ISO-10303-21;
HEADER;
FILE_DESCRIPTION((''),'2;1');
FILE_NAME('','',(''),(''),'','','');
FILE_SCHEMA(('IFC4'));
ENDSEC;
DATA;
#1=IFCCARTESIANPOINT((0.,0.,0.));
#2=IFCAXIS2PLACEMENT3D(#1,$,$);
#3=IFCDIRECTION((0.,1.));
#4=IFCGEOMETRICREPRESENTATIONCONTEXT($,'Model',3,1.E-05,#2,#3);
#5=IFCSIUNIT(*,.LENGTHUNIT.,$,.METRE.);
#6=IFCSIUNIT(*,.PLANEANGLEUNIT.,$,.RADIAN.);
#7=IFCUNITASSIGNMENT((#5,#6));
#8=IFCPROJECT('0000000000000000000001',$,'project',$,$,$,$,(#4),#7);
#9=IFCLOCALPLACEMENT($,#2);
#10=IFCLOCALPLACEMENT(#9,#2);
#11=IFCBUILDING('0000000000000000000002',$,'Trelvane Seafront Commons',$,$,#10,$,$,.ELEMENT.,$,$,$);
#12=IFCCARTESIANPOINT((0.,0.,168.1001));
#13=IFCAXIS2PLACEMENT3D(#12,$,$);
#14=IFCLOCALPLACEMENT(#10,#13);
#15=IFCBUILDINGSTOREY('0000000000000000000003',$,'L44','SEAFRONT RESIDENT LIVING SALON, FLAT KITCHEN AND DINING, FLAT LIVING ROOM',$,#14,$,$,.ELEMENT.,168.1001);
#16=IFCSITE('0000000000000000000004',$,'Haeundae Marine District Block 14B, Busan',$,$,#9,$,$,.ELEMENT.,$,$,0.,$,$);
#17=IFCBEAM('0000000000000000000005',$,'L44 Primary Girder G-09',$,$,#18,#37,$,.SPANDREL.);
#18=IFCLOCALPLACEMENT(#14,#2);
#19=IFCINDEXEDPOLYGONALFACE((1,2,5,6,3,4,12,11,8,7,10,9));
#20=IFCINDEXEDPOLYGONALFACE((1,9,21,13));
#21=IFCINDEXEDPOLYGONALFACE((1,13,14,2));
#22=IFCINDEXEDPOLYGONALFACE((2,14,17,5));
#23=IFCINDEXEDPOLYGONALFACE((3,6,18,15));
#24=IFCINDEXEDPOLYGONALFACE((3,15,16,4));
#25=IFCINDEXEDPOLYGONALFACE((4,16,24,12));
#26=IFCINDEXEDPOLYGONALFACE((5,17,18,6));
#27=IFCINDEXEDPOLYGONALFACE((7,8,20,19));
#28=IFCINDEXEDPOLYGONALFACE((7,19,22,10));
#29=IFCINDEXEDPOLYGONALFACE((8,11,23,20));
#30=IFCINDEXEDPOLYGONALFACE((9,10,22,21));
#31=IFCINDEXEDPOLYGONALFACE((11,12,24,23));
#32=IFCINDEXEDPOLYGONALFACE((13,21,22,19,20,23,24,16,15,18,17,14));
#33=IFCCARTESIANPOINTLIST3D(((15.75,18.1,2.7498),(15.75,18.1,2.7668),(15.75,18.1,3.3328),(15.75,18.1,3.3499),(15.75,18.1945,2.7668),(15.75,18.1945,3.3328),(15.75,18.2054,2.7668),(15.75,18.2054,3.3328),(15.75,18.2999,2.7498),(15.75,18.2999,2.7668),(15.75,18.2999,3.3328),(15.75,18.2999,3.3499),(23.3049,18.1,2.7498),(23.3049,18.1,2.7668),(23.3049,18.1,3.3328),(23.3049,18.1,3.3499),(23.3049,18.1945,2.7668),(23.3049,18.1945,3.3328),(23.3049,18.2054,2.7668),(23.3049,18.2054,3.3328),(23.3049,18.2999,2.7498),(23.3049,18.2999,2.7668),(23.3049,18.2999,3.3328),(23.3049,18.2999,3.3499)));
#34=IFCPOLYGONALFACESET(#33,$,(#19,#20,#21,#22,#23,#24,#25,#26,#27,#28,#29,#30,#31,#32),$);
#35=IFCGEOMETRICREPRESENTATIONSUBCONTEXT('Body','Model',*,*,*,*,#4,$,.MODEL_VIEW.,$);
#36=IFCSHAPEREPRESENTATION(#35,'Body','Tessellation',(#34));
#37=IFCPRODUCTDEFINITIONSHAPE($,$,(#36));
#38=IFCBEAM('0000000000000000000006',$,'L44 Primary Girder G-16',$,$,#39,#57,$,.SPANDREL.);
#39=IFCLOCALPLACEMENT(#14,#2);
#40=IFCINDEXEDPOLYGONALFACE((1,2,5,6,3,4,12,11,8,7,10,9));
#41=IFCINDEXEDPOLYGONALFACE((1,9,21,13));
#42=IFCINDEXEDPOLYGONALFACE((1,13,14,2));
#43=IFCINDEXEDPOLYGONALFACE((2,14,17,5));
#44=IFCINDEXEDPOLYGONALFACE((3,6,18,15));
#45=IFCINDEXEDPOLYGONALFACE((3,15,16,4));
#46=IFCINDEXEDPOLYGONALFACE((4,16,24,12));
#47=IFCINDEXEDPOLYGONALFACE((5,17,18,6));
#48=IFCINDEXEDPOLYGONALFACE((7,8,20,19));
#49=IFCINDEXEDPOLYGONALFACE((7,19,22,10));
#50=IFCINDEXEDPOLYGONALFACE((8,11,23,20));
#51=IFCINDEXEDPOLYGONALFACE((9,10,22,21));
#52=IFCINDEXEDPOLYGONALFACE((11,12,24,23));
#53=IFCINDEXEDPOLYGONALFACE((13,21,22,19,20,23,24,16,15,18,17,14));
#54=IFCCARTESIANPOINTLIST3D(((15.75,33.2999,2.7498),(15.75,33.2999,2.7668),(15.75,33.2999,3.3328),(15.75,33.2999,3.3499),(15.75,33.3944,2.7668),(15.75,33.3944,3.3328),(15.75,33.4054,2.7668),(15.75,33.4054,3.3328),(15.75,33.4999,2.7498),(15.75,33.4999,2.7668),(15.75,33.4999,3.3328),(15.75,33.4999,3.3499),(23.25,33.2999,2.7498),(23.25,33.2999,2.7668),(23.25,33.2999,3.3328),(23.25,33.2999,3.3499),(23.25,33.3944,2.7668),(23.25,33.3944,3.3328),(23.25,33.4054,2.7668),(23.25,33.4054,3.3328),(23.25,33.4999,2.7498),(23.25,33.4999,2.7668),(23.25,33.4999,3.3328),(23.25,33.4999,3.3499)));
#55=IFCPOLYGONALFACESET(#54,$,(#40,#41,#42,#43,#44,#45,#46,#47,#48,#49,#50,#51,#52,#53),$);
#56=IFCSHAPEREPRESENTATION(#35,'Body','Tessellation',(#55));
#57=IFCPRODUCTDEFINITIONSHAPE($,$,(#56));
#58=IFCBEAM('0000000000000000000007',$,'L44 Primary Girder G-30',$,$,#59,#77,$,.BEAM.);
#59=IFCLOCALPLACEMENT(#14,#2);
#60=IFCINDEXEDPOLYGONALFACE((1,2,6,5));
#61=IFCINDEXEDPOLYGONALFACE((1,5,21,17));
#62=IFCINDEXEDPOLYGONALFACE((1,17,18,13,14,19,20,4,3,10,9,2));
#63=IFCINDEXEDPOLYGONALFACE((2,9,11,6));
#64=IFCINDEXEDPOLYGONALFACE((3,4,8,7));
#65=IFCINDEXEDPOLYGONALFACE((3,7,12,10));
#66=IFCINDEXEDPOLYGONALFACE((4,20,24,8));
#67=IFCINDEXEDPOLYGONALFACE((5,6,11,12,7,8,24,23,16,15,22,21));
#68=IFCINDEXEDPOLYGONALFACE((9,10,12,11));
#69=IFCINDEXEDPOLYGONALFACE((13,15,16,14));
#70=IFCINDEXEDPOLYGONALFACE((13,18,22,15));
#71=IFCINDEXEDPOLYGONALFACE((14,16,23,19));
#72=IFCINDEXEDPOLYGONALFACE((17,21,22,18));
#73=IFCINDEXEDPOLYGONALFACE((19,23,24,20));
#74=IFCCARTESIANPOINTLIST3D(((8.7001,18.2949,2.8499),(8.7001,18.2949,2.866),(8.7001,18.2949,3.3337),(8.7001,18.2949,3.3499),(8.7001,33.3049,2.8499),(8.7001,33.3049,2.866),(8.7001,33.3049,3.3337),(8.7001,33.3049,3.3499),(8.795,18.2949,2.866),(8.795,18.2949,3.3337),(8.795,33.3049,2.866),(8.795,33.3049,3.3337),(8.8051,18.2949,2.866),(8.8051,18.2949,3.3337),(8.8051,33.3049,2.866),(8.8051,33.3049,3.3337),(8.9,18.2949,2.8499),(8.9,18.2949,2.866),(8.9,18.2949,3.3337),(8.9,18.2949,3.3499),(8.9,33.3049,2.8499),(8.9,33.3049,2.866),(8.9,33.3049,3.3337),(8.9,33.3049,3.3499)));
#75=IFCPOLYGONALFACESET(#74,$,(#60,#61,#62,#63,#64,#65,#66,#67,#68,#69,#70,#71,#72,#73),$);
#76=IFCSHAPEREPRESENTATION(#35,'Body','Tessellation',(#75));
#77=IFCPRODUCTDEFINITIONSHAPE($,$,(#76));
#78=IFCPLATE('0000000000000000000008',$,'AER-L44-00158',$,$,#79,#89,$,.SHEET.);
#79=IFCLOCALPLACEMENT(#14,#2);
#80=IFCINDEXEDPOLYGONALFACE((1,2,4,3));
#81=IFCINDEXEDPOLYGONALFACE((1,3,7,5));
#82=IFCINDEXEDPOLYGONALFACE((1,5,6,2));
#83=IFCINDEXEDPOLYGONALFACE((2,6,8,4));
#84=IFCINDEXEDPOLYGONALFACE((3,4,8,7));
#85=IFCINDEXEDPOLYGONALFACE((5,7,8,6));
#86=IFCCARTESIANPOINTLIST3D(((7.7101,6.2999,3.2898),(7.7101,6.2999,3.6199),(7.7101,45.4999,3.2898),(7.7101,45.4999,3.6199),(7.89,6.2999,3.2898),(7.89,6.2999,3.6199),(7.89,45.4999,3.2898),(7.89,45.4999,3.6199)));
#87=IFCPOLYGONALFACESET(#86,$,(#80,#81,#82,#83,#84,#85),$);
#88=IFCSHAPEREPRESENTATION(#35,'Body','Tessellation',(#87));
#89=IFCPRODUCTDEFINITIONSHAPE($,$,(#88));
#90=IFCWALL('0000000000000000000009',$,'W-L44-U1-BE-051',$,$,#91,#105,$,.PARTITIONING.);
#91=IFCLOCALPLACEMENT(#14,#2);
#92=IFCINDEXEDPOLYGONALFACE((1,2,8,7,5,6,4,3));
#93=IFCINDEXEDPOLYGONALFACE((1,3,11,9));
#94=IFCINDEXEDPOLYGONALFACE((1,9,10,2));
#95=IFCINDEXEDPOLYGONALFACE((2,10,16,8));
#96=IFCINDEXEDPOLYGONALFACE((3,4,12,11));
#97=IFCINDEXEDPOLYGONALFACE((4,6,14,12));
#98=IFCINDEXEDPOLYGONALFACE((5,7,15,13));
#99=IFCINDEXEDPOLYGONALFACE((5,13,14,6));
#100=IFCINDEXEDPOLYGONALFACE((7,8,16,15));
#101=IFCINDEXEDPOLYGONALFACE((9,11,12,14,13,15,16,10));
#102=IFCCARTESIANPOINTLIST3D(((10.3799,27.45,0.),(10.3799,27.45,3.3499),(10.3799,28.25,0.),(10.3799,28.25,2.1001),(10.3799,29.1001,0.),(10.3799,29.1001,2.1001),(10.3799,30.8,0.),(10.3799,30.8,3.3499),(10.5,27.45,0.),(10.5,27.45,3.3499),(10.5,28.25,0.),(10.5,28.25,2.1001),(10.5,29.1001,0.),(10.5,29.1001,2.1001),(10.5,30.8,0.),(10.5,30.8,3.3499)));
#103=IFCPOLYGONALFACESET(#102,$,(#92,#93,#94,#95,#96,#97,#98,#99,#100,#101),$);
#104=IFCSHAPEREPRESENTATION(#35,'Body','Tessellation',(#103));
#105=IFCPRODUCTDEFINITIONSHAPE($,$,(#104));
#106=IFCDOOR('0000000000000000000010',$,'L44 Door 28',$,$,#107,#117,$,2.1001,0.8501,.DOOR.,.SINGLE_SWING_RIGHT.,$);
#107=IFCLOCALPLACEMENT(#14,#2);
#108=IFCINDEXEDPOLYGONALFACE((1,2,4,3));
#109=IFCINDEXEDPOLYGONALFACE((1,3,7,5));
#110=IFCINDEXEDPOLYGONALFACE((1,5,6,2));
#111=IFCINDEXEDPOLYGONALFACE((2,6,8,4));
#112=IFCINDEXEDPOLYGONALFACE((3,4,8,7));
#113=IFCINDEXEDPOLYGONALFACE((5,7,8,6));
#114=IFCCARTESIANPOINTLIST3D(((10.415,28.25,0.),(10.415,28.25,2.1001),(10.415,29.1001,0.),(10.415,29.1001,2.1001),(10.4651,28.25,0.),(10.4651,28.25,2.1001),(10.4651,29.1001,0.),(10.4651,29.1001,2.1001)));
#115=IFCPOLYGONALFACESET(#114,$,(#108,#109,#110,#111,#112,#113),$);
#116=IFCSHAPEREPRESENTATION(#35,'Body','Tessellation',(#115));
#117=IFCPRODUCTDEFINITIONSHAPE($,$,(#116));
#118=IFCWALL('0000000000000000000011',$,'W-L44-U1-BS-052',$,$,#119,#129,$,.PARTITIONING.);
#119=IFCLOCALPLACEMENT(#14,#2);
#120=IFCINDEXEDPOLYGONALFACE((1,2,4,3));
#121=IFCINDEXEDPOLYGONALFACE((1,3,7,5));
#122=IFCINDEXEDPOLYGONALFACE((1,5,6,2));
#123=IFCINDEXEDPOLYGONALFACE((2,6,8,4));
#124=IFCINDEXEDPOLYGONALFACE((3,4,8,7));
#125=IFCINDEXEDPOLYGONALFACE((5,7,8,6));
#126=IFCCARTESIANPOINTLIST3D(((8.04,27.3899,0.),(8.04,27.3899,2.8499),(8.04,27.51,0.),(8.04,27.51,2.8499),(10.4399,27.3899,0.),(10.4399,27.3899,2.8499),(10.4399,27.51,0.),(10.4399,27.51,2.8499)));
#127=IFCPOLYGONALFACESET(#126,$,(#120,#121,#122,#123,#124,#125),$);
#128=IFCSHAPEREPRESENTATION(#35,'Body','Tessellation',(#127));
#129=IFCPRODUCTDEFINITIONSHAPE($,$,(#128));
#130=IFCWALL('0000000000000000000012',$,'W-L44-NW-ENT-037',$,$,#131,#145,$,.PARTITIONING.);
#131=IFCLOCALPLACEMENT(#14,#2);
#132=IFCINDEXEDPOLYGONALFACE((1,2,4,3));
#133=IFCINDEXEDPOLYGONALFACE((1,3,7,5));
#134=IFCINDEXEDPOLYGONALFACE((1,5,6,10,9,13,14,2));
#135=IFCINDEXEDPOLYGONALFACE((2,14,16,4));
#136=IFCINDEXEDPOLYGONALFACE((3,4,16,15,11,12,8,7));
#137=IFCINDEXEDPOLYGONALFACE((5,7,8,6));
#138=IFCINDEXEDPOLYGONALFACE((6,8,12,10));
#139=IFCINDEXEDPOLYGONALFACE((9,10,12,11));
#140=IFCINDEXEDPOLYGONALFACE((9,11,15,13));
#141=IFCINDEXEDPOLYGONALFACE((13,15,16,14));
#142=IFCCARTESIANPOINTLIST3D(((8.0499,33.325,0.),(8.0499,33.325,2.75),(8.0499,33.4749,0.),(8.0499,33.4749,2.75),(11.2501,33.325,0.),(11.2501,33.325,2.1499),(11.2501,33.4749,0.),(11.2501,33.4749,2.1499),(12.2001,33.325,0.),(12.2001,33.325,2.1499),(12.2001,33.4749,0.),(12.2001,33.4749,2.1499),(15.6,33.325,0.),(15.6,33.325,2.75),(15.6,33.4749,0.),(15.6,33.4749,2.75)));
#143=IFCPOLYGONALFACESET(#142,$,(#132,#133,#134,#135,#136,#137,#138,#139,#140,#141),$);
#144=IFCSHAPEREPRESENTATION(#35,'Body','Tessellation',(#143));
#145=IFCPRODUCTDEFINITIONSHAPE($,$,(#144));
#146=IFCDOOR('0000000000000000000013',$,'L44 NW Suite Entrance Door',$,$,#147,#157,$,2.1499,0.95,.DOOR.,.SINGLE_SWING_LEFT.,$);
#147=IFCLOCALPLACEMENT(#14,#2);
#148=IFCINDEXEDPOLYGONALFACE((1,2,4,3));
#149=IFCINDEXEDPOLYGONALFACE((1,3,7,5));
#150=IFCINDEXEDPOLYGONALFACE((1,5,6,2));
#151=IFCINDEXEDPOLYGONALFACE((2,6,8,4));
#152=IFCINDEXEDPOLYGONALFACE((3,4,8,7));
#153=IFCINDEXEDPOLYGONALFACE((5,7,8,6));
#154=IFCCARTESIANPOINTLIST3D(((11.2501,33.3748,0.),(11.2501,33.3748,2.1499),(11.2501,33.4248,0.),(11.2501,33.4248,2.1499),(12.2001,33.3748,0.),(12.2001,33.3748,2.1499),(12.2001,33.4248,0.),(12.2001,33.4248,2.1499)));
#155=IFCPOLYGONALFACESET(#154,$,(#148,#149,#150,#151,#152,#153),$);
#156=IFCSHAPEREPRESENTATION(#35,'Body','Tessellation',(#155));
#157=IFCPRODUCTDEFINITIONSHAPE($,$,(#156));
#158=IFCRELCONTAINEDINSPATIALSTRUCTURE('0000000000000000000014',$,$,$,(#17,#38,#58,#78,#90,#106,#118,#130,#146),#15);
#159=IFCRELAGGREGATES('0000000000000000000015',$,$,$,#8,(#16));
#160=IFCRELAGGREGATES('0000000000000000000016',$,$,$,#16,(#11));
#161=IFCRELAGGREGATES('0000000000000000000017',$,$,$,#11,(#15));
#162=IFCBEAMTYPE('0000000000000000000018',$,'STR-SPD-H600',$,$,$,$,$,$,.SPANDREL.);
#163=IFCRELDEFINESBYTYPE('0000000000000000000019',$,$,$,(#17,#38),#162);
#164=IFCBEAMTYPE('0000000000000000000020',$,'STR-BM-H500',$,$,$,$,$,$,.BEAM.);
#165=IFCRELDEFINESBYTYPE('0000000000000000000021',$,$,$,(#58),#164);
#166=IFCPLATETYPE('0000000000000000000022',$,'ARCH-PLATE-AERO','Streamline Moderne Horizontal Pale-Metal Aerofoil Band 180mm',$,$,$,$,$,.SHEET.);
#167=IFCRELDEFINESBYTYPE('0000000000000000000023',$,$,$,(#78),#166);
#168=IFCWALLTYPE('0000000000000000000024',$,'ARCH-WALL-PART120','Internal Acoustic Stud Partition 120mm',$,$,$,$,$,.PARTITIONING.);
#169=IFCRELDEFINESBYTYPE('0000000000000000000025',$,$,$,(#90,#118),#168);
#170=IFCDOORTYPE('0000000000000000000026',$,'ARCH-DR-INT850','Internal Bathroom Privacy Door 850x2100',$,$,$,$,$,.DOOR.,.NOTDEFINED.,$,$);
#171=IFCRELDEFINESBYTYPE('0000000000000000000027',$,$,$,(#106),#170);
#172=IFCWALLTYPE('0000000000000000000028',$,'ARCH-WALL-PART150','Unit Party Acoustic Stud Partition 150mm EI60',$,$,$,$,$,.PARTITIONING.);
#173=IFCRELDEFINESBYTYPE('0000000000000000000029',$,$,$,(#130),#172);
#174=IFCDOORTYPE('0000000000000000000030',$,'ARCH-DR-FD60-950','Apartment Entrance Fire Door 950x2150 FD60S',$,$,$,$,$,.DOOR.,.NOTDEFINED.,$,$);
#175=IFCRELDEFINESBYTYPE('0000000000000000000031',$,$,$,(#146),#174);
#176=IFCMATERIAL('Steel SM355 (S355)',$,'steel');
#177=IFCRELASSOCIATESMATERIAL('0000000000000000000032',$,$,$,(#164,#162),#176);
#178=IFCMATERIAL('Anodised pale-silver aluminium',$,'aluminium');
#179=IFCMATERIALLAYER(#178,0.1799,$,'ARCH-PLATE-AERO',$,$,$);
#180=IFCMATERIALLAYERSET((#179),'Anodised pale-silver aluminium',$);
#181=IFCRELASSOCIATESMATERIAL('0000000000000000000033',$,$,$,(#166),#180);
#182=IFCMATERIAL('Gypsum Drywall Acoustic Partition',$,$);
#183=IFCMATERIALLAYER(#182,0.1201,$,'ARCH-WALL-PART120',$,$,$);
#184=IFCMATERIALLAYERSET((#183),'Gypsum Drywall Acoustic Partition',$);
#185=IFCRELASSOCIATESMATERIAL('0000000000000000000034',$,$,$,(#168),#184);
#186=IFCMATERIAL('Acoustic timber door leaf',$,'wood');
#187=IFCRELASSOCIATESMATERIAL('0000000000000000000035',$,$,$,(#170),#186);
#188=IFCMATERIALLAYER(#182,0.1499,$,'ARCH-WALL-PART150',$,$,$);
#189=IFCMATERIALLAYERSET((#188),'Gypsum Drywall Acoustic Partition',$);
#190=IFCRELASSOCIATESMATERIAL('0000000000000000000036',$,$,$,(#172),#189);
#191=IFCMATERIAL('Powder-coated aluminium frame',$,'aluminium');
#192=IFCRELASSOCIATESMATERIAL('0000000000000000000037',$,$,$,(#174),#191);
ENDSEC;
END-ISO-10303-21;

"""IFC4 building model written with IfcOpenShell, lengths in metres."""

from ifc_helpers import new_model, si_unit, direction, frame, frame_2d, origin, origin_2d, place, context, subcontext, project, spatial, rectangle, i_section, extrude, source, transform, mapped, material, layer, layer_set, material_profile, profile_set, type_object, element, fill, save


model = new_model("IFC4")

# Units and contexts
model_context = context("Model", 3, precision=1e-05, world=origin(), true_north=direction((0.0, 1.0)))
body_context = subcontext(model_context, "Body", "Model", "MODEL_VIEW")
ifc_project = project(units=[si_unit("LENGTHUNIT", "METRE"), si_unit("PLANEANGLEUNIT", "RADIAN")], contexts=[model_context])

# Site, building, storey
site_placement = place(None, origin())
site = spatial("IfcSite", under=ifc_project, at=site_placement, Name="Haeundae Marine District Block 14B, Busan", CompositionType="ELEMENT", RefElevation=0.0)
building_placement = place(site_placement, origin())
building = spatial("IfcBuilding", under=site, at=building_placement, Name="Trelvane Seafront Commons", CompositionType="ELEMENT")
storey_placement = place(building_placement, frame((0.0, 0.0, 168.1001)))
storey = spatial("IfcBuildingStorey", under=building, at=storey_placement, Name="L44", Description="SEAFRONT RESIDENT LIVING SALON, FLAT KITCHEN AND DINING, FLAT LIVING ROOM", CompositionType="ELEMENT", Elevation=168.1001)

# Shared definitions
ifc_material_1 = material(Name="Steel SM355 (S355)", Category="steel")

# Beams
ifc_material_profile_1 = material_profile(ifc_material_1, i_section(OverallWidth=0.2, OverallDepth=0.5, WebThickness=0.01, FlangeThickness=0.0161, at=origin_2d()), Name="H-500x200x10x16")
ifc_profile_set_1 = profile_set([ifc_material_profile_1], Name="Steel SM355 (S355)")
beam_type_1 = type_object("IfcBeamType", Name="STR-BM-H500", PredefinedType="BEAM", material=ifc_profile_set_1)
ifc_material_profile_2 = material_profile(ifc_material_1, i_section(OverallWidth=0.2, OverallDepth=0.6001, WebThickness=0.011, FlangeThickness=0.0171, at=origin_2d()), Name="H-600x200x11x17")
ifc_profile_set_2 = profile_set([ifc_material_profile_2], Name="Steel SM355 (S355)")
beam_type_2 = type_object("IfcBeamType", Name="STR-SPD-H600", PredefinedType="SPANDREL", material=ifc_profile_set_2)
shared_shape_1 = source(origin(), body_context, "Body", "SweptSolid", [
    extrude(i_section(OverallWidth=0.2, OverallDepth=0.6001, WebThickness=0.011, FlangeThickness=0.0171, at=origin_2d()), origin(), (0.0, 0.0, 1.0), 7.5549),
])
beam_1_placement = place(storey_placement, frame((15.75, 18.2, 3.0498), z_axis=(1.0, 0.0, 0.0), x_axis=(0.0, 1.0, 0.0)))
element("IfcBeam", 1, at=beam_1_placement, inside=storey, type_object=beam_type_2, Name="L44 Primary Girder G-09", PredefinedType="SPANDREL", context=body_context, shape_type="MappedRepresentation", body=[
    mapped(shared_shape_1, transform((0.0, 0.0, 0.0), x_axis=(1.0, 0.0, 0.0), y_axis=(0.0, 1.0, 0.0), z_axis=(0.0, 0.0, 1.0), scale=1.0)),
])
shared_shape_2 = source(origin(), body_context, "Body", "SweptSolid", [
    extrude(i_section(OverallWidth=0.2, OverallDepth=0.6001, WebThickness=0.011, FlangeThickness=0.0171, at=origin_2d()), origin(), (0.0, 0.0, 1.0), 7.5),
])
beam_2_placement = place(storey_placement, frame((15.75, 33.3999, 3.0498), z_axis=(1.0, 0.0, 0.0), x_axis=(0.0, 1.0, 0.0)))
element("IfcBeam", 2, at=beam_2_placement, inside=storey, type_object=beam_type_2, Name="L44 Primary Girder G-16", PredefinedType="SPANDREL", context=body_context, shape_type="MappedRepresentation", body=[
    mapped(shared_shape_2, transform((0.0, 0.0, 0.0), x_axis=(1.0, 0.0, 0.0), y_axis=(0.0, 1.0, 0.0), z_axis=(0.0, 0.0, 1.0), scale=1.0)),
])
shared_shape_3 = source(origin(), body_context, "Body", "SweptSolid", [
    extrude(i_section(OverallWidth=0.2, OverallDepth=0.5, WebThickness=0.01, FlangeThickness=0.0161, at=origin_2d()), origin(), (0.0, 0.0, 1.0), 15.01),
])
beam_3_placement = place(storey_placement, frame((8.8, 18.2949, 3.0999), z_axis=(0.0, 1.0, 0.0), x_axis=(-1.0, 0.0, 0.0)))
element("IfcBeam", 3, at=beam_3_placement, inside=storey, type_object=beam_type_1, Name="L44 Primary Girder G-30", PredefinedType="BEAM", context=body_context, shape_type="MappedRepresentation", body=[
    mapped(shared_shape_3, transform((0.0, 0.0, 0.0), x_axis=(1.0, 0.0, 0.0), y_axis=(0.0, 1.0, 0.0), z_axis=(0.0, 0.0, 1.0), scale=1.0)),
])

# Plate
ifc_material_2 = material(Name="Anodised pale-silver aluminium", Category="aluminium")
ifc_layer_1 = layer(ifc_material_2, 0.1799, Name="ARCH-PLATE-AERO")
ifc_layer_set_1 = layer_set([ifc_layer_1], Name="Anodised pale-silver aluminium")
plate_type = type_object("IfcPlateType", Name="ARCH-PLATE-AERO", Description="Streamline Moderne Horizontal Pale-Metal Aerofoil Band 180mm", PredefinedType="SHEET", material=ifc_layer_set_1)
shared_shape_4 = source(origin(), body_context, "Body", "SweptSolid", [
    extrude(rectangle(XDim=39.2, YDim=0.1799, at=origin_2d()), origin(), (0.0, 0.0, 1.0), 0.3301),
])
plate_placement = place(storey_placement, frame((7.8, 25.8999, 3.2898), z_axis=(0.0, 0.0, 1.0), x_axis=(0.0, 1.0, 0.0)))
element("IfcPlate", 4, at=plate_placement, inside=storey, type_object=plate_type, Name="AER-L44-00158", PredefinedType="SHEET", context=body_context, shape_type="MappedRepresentation", body=[
    mapped(shared_shape_4, transform((0.0, 0.0, 0.0), x_axis=(1.0, 0.0, 0.0), y_axis=(0.0, 1.0, 0.0), z_axis=(0.0, 0.0, 1.0), scale=1.0)),
])

# Wall, opening, door
ifc_material_3 = material(Name="Gypsum Drywall Acoustic Partition")
ifc_layer_2 = layer(ifc_material_3, 0.1201, Name="ARCH-WALL-PART120")
ifc_layer_set_2 = layer_set([ifc_layer_2], Name="Gypsum Drywall Acoustic Partition")
wall_type_1 = type_object("IfcWallType", Name="ARCH-WALL-PART120", Description="Internal Acoustic Stud Partition 120mm", PredefinedType="PARTITIONING", material=ifc_layer_set_2)
wall_1_placement = place(storey_placement, frame((10.4399, 27.45, 0.0), z_axis=(0.0, 0.0, 1.0), x_axis=(0.0, 1.0, 0.0)))
wall_1 = element("IfcWall", 5, at=wall_1_placement, inside=storey, type_object=wall_type_1, Name="W-L44-U1-BE-051", PredefinedType="PARTITIONING", context=body_context, shape_type="SweptSolid", body=[
    extrude(rectangle(XDim=3.3501, YDim=0.1201, at=frame_2d((1.675, 0.0))), origin(), (0.0, 0.0, 1.0), 3.3499),
])
opening_1_placement = place(wall_1_placement, frame((0.8, 0.0, 0.0)))
opening_1 = element("IfcOpeningElement", 6, at=opening_1_placement, cuts=wall_1, PredefinedType="OPENING", context=body_context, shape_type="SweptSolid", body=[
    extrude(rectangle(XDim=0.8501, YDim=2.1001, at=frame_2d((0.425, 1.05))), frame((0.0, 0.0701, 0.0), z_axis=(0.0, -1.0, 0.0), x_axis=(1.0, 0.0, 0.0)), (0.0, 0.0, 1.0), 0.1401),
])
ifc_material_4 = material(Name="Acoustic timber door leaf", Category="wood")
door_type_1 = type_object("IfcDoorType", Name="ARCH-DR-INT850", Description="Internal Bathroom Privacy Door 850x2100", OperationType="NOTDEFINED", PredefinedType="DOOR", material=ifc_material_4)
shared_shape_5 = source(origin(), body_context, "Body", "SweptSolid", [
    extrude(rectangle(XDim=0.8501, YDim=2.1001, at=frame_2d((0.425, 1.05))), frame((0.0, 0.0249, 0.0), z_axis=(0.0, -1.0, 0.0), x_axis=(1.0, 0.0, 0.0)), (0.0, 0.0, 1.0), 0.05),
])
door_1_placement = place(opening_1_placement, origin())
door_1 = element("IfcDoor", 7, at=door_1_placement, inside=storey, type_object=door_type_1, Name="L44 Door 28", OperationType="SINGLE_SWING_RIGHT", OverallHeight=2.1001, OverallWidth=0.8501, PredefinedType="DOOR", context=body_context, shape_type="MappedRepresentation", body=[
    mapped(shared_shape_5, transform((0.0, 0.0, 0.0), x_axis=(1.0, 0.0, 0.0), y_axis=(0.0, 1.0, 0.0), z_axis=(0.0, 0.0, 1.0), scale=1.0)),
])
fill(opening_1, door_1)

# Wall
wall_2_placement = place(storey_placement, frame((8.04, 27.45, 0.0), z_axis=(0.0, 0.0, 1.0), x_axis=(1.0, 0.0, 0.0)))
element("IfcWall", 8, at=wall_2_placement, inside=storey, type_object=wall_type_1, Name="W-L44-U1-BS-052", PredefinedType="PARTITIONING", context=body_context, shape_type="SweptSolid", body=[
    extrude(rectangle(XDim=2.3999, YDim=0.1201, at=frame_2d((1.2, 0.0))), origin(), (0.0, 0.0, 1.0), 2.8499),
])

# Wall, opening, door
shared_shape_6 = source(origin(), body_context, "Body", "SweptSolid", [
    extrude(rectangle(XDim=0.95, YDim=2.1499, at=frame_2d((0.4751, 1.075))), frame((0.0, 0.0249, 0.0), z_axis=(0.0, -1.0, 0.0), x_axis=(1.0, 0.0, 0.0)), (0.0, 0.0, 1.0), 0.05),
])
ifc_layer_3 = layer(ifc_material_3, 0.1499, Name="ARCH-WALL-PART150")
ifc_layer_set_3 = layer_set([ifc_layer_3], Name="Gypsum Drywall Acoustic Partition")
wall_type_2 = type_object("IfcWallType", Name="ARCH-WALL-PART150", Description="Unit Party Acoustic Stud Partition 150mm EI60", PredefinedType="PARTITIONING", material=ifc_layer_set_3)
wall_3_placement = place(storey_placement, frame((8.05, 33.3999, 0.0), z_axis=(0.0, 0.0, 1.0), x_axis=(1.0, 0.0, 0.0)))
wall_3 = element("IfcWall", 9, at=wall_3_placement, inside=storey, type_object=wall_type_2, Name="W-L44-NW-ENT-037", PredefinedType="PARTITIONING", context=body_context, shape_type="SweptSolid", body=[
    extrude(rectangle(XDim=7.55, YDim=0.1499, at=frame_2d((3.7749, 0.0))), origin(), (0.0, 0.0, 1.0), 2.75),
])
opening_2_placement = place(wall_3_placement, frame((3.2, 0.0, 0.0)))
opening_2 = element("IfcOpeningElement", 10, at=opening_2_placement, cuts=wall_3, PredefinedType="OPENING", context=body_context, shape_type="SweptSolid", body=[
    extrude(rectangle(XDim=0.95, YDim=2.1499, at=frame_2d((0.4751, 1.075))), frame((0.0, 0.085, 0.0), z_axis=(0.0, -1.0, 0.0), x_axis=(1.0, 0.0, 0.0)), (0.0, 0.0, 1.0), 0.1699),
])
ifc_material_5 = material(Name="Powder-coated aluminium frame", Category="aluminium")
door_type_2 = type_object("IfcDoorType", Name="ARCH-DR-FD60-950", Description="Apartment Entrance Fire Door 950x2150 FD60S", OperationType="NOTDEFINED", PredefinedType="DOOR", material=ifc_material_5)
door_2_placement = place(opening_2_placement, origin())
door_2 = element("IfcDoor", 11, at=door_2_placement, inside=storey, type_object=door_type_2, Name="L44 NW Suite Entrance Door", OperationType="SINGLE_SWING_LEFT", OverallHeight=2.1499, OverallWidth=0.95, PredefinedType="DOOR", context=body_context, shape_type="MappedRepresentation", body=[
    mapped(shared_shape_6, transform((0.0, 0.0, 0.0), x_axis=(1.0, 0.0, 0.0), y_axis=(0.0, 1.0, 0.0), z_axis=(0.0, 0.0, 1.0), scale=1.0)),
])
fill(opening_2, door_2)

save(model, "model.ifc")
